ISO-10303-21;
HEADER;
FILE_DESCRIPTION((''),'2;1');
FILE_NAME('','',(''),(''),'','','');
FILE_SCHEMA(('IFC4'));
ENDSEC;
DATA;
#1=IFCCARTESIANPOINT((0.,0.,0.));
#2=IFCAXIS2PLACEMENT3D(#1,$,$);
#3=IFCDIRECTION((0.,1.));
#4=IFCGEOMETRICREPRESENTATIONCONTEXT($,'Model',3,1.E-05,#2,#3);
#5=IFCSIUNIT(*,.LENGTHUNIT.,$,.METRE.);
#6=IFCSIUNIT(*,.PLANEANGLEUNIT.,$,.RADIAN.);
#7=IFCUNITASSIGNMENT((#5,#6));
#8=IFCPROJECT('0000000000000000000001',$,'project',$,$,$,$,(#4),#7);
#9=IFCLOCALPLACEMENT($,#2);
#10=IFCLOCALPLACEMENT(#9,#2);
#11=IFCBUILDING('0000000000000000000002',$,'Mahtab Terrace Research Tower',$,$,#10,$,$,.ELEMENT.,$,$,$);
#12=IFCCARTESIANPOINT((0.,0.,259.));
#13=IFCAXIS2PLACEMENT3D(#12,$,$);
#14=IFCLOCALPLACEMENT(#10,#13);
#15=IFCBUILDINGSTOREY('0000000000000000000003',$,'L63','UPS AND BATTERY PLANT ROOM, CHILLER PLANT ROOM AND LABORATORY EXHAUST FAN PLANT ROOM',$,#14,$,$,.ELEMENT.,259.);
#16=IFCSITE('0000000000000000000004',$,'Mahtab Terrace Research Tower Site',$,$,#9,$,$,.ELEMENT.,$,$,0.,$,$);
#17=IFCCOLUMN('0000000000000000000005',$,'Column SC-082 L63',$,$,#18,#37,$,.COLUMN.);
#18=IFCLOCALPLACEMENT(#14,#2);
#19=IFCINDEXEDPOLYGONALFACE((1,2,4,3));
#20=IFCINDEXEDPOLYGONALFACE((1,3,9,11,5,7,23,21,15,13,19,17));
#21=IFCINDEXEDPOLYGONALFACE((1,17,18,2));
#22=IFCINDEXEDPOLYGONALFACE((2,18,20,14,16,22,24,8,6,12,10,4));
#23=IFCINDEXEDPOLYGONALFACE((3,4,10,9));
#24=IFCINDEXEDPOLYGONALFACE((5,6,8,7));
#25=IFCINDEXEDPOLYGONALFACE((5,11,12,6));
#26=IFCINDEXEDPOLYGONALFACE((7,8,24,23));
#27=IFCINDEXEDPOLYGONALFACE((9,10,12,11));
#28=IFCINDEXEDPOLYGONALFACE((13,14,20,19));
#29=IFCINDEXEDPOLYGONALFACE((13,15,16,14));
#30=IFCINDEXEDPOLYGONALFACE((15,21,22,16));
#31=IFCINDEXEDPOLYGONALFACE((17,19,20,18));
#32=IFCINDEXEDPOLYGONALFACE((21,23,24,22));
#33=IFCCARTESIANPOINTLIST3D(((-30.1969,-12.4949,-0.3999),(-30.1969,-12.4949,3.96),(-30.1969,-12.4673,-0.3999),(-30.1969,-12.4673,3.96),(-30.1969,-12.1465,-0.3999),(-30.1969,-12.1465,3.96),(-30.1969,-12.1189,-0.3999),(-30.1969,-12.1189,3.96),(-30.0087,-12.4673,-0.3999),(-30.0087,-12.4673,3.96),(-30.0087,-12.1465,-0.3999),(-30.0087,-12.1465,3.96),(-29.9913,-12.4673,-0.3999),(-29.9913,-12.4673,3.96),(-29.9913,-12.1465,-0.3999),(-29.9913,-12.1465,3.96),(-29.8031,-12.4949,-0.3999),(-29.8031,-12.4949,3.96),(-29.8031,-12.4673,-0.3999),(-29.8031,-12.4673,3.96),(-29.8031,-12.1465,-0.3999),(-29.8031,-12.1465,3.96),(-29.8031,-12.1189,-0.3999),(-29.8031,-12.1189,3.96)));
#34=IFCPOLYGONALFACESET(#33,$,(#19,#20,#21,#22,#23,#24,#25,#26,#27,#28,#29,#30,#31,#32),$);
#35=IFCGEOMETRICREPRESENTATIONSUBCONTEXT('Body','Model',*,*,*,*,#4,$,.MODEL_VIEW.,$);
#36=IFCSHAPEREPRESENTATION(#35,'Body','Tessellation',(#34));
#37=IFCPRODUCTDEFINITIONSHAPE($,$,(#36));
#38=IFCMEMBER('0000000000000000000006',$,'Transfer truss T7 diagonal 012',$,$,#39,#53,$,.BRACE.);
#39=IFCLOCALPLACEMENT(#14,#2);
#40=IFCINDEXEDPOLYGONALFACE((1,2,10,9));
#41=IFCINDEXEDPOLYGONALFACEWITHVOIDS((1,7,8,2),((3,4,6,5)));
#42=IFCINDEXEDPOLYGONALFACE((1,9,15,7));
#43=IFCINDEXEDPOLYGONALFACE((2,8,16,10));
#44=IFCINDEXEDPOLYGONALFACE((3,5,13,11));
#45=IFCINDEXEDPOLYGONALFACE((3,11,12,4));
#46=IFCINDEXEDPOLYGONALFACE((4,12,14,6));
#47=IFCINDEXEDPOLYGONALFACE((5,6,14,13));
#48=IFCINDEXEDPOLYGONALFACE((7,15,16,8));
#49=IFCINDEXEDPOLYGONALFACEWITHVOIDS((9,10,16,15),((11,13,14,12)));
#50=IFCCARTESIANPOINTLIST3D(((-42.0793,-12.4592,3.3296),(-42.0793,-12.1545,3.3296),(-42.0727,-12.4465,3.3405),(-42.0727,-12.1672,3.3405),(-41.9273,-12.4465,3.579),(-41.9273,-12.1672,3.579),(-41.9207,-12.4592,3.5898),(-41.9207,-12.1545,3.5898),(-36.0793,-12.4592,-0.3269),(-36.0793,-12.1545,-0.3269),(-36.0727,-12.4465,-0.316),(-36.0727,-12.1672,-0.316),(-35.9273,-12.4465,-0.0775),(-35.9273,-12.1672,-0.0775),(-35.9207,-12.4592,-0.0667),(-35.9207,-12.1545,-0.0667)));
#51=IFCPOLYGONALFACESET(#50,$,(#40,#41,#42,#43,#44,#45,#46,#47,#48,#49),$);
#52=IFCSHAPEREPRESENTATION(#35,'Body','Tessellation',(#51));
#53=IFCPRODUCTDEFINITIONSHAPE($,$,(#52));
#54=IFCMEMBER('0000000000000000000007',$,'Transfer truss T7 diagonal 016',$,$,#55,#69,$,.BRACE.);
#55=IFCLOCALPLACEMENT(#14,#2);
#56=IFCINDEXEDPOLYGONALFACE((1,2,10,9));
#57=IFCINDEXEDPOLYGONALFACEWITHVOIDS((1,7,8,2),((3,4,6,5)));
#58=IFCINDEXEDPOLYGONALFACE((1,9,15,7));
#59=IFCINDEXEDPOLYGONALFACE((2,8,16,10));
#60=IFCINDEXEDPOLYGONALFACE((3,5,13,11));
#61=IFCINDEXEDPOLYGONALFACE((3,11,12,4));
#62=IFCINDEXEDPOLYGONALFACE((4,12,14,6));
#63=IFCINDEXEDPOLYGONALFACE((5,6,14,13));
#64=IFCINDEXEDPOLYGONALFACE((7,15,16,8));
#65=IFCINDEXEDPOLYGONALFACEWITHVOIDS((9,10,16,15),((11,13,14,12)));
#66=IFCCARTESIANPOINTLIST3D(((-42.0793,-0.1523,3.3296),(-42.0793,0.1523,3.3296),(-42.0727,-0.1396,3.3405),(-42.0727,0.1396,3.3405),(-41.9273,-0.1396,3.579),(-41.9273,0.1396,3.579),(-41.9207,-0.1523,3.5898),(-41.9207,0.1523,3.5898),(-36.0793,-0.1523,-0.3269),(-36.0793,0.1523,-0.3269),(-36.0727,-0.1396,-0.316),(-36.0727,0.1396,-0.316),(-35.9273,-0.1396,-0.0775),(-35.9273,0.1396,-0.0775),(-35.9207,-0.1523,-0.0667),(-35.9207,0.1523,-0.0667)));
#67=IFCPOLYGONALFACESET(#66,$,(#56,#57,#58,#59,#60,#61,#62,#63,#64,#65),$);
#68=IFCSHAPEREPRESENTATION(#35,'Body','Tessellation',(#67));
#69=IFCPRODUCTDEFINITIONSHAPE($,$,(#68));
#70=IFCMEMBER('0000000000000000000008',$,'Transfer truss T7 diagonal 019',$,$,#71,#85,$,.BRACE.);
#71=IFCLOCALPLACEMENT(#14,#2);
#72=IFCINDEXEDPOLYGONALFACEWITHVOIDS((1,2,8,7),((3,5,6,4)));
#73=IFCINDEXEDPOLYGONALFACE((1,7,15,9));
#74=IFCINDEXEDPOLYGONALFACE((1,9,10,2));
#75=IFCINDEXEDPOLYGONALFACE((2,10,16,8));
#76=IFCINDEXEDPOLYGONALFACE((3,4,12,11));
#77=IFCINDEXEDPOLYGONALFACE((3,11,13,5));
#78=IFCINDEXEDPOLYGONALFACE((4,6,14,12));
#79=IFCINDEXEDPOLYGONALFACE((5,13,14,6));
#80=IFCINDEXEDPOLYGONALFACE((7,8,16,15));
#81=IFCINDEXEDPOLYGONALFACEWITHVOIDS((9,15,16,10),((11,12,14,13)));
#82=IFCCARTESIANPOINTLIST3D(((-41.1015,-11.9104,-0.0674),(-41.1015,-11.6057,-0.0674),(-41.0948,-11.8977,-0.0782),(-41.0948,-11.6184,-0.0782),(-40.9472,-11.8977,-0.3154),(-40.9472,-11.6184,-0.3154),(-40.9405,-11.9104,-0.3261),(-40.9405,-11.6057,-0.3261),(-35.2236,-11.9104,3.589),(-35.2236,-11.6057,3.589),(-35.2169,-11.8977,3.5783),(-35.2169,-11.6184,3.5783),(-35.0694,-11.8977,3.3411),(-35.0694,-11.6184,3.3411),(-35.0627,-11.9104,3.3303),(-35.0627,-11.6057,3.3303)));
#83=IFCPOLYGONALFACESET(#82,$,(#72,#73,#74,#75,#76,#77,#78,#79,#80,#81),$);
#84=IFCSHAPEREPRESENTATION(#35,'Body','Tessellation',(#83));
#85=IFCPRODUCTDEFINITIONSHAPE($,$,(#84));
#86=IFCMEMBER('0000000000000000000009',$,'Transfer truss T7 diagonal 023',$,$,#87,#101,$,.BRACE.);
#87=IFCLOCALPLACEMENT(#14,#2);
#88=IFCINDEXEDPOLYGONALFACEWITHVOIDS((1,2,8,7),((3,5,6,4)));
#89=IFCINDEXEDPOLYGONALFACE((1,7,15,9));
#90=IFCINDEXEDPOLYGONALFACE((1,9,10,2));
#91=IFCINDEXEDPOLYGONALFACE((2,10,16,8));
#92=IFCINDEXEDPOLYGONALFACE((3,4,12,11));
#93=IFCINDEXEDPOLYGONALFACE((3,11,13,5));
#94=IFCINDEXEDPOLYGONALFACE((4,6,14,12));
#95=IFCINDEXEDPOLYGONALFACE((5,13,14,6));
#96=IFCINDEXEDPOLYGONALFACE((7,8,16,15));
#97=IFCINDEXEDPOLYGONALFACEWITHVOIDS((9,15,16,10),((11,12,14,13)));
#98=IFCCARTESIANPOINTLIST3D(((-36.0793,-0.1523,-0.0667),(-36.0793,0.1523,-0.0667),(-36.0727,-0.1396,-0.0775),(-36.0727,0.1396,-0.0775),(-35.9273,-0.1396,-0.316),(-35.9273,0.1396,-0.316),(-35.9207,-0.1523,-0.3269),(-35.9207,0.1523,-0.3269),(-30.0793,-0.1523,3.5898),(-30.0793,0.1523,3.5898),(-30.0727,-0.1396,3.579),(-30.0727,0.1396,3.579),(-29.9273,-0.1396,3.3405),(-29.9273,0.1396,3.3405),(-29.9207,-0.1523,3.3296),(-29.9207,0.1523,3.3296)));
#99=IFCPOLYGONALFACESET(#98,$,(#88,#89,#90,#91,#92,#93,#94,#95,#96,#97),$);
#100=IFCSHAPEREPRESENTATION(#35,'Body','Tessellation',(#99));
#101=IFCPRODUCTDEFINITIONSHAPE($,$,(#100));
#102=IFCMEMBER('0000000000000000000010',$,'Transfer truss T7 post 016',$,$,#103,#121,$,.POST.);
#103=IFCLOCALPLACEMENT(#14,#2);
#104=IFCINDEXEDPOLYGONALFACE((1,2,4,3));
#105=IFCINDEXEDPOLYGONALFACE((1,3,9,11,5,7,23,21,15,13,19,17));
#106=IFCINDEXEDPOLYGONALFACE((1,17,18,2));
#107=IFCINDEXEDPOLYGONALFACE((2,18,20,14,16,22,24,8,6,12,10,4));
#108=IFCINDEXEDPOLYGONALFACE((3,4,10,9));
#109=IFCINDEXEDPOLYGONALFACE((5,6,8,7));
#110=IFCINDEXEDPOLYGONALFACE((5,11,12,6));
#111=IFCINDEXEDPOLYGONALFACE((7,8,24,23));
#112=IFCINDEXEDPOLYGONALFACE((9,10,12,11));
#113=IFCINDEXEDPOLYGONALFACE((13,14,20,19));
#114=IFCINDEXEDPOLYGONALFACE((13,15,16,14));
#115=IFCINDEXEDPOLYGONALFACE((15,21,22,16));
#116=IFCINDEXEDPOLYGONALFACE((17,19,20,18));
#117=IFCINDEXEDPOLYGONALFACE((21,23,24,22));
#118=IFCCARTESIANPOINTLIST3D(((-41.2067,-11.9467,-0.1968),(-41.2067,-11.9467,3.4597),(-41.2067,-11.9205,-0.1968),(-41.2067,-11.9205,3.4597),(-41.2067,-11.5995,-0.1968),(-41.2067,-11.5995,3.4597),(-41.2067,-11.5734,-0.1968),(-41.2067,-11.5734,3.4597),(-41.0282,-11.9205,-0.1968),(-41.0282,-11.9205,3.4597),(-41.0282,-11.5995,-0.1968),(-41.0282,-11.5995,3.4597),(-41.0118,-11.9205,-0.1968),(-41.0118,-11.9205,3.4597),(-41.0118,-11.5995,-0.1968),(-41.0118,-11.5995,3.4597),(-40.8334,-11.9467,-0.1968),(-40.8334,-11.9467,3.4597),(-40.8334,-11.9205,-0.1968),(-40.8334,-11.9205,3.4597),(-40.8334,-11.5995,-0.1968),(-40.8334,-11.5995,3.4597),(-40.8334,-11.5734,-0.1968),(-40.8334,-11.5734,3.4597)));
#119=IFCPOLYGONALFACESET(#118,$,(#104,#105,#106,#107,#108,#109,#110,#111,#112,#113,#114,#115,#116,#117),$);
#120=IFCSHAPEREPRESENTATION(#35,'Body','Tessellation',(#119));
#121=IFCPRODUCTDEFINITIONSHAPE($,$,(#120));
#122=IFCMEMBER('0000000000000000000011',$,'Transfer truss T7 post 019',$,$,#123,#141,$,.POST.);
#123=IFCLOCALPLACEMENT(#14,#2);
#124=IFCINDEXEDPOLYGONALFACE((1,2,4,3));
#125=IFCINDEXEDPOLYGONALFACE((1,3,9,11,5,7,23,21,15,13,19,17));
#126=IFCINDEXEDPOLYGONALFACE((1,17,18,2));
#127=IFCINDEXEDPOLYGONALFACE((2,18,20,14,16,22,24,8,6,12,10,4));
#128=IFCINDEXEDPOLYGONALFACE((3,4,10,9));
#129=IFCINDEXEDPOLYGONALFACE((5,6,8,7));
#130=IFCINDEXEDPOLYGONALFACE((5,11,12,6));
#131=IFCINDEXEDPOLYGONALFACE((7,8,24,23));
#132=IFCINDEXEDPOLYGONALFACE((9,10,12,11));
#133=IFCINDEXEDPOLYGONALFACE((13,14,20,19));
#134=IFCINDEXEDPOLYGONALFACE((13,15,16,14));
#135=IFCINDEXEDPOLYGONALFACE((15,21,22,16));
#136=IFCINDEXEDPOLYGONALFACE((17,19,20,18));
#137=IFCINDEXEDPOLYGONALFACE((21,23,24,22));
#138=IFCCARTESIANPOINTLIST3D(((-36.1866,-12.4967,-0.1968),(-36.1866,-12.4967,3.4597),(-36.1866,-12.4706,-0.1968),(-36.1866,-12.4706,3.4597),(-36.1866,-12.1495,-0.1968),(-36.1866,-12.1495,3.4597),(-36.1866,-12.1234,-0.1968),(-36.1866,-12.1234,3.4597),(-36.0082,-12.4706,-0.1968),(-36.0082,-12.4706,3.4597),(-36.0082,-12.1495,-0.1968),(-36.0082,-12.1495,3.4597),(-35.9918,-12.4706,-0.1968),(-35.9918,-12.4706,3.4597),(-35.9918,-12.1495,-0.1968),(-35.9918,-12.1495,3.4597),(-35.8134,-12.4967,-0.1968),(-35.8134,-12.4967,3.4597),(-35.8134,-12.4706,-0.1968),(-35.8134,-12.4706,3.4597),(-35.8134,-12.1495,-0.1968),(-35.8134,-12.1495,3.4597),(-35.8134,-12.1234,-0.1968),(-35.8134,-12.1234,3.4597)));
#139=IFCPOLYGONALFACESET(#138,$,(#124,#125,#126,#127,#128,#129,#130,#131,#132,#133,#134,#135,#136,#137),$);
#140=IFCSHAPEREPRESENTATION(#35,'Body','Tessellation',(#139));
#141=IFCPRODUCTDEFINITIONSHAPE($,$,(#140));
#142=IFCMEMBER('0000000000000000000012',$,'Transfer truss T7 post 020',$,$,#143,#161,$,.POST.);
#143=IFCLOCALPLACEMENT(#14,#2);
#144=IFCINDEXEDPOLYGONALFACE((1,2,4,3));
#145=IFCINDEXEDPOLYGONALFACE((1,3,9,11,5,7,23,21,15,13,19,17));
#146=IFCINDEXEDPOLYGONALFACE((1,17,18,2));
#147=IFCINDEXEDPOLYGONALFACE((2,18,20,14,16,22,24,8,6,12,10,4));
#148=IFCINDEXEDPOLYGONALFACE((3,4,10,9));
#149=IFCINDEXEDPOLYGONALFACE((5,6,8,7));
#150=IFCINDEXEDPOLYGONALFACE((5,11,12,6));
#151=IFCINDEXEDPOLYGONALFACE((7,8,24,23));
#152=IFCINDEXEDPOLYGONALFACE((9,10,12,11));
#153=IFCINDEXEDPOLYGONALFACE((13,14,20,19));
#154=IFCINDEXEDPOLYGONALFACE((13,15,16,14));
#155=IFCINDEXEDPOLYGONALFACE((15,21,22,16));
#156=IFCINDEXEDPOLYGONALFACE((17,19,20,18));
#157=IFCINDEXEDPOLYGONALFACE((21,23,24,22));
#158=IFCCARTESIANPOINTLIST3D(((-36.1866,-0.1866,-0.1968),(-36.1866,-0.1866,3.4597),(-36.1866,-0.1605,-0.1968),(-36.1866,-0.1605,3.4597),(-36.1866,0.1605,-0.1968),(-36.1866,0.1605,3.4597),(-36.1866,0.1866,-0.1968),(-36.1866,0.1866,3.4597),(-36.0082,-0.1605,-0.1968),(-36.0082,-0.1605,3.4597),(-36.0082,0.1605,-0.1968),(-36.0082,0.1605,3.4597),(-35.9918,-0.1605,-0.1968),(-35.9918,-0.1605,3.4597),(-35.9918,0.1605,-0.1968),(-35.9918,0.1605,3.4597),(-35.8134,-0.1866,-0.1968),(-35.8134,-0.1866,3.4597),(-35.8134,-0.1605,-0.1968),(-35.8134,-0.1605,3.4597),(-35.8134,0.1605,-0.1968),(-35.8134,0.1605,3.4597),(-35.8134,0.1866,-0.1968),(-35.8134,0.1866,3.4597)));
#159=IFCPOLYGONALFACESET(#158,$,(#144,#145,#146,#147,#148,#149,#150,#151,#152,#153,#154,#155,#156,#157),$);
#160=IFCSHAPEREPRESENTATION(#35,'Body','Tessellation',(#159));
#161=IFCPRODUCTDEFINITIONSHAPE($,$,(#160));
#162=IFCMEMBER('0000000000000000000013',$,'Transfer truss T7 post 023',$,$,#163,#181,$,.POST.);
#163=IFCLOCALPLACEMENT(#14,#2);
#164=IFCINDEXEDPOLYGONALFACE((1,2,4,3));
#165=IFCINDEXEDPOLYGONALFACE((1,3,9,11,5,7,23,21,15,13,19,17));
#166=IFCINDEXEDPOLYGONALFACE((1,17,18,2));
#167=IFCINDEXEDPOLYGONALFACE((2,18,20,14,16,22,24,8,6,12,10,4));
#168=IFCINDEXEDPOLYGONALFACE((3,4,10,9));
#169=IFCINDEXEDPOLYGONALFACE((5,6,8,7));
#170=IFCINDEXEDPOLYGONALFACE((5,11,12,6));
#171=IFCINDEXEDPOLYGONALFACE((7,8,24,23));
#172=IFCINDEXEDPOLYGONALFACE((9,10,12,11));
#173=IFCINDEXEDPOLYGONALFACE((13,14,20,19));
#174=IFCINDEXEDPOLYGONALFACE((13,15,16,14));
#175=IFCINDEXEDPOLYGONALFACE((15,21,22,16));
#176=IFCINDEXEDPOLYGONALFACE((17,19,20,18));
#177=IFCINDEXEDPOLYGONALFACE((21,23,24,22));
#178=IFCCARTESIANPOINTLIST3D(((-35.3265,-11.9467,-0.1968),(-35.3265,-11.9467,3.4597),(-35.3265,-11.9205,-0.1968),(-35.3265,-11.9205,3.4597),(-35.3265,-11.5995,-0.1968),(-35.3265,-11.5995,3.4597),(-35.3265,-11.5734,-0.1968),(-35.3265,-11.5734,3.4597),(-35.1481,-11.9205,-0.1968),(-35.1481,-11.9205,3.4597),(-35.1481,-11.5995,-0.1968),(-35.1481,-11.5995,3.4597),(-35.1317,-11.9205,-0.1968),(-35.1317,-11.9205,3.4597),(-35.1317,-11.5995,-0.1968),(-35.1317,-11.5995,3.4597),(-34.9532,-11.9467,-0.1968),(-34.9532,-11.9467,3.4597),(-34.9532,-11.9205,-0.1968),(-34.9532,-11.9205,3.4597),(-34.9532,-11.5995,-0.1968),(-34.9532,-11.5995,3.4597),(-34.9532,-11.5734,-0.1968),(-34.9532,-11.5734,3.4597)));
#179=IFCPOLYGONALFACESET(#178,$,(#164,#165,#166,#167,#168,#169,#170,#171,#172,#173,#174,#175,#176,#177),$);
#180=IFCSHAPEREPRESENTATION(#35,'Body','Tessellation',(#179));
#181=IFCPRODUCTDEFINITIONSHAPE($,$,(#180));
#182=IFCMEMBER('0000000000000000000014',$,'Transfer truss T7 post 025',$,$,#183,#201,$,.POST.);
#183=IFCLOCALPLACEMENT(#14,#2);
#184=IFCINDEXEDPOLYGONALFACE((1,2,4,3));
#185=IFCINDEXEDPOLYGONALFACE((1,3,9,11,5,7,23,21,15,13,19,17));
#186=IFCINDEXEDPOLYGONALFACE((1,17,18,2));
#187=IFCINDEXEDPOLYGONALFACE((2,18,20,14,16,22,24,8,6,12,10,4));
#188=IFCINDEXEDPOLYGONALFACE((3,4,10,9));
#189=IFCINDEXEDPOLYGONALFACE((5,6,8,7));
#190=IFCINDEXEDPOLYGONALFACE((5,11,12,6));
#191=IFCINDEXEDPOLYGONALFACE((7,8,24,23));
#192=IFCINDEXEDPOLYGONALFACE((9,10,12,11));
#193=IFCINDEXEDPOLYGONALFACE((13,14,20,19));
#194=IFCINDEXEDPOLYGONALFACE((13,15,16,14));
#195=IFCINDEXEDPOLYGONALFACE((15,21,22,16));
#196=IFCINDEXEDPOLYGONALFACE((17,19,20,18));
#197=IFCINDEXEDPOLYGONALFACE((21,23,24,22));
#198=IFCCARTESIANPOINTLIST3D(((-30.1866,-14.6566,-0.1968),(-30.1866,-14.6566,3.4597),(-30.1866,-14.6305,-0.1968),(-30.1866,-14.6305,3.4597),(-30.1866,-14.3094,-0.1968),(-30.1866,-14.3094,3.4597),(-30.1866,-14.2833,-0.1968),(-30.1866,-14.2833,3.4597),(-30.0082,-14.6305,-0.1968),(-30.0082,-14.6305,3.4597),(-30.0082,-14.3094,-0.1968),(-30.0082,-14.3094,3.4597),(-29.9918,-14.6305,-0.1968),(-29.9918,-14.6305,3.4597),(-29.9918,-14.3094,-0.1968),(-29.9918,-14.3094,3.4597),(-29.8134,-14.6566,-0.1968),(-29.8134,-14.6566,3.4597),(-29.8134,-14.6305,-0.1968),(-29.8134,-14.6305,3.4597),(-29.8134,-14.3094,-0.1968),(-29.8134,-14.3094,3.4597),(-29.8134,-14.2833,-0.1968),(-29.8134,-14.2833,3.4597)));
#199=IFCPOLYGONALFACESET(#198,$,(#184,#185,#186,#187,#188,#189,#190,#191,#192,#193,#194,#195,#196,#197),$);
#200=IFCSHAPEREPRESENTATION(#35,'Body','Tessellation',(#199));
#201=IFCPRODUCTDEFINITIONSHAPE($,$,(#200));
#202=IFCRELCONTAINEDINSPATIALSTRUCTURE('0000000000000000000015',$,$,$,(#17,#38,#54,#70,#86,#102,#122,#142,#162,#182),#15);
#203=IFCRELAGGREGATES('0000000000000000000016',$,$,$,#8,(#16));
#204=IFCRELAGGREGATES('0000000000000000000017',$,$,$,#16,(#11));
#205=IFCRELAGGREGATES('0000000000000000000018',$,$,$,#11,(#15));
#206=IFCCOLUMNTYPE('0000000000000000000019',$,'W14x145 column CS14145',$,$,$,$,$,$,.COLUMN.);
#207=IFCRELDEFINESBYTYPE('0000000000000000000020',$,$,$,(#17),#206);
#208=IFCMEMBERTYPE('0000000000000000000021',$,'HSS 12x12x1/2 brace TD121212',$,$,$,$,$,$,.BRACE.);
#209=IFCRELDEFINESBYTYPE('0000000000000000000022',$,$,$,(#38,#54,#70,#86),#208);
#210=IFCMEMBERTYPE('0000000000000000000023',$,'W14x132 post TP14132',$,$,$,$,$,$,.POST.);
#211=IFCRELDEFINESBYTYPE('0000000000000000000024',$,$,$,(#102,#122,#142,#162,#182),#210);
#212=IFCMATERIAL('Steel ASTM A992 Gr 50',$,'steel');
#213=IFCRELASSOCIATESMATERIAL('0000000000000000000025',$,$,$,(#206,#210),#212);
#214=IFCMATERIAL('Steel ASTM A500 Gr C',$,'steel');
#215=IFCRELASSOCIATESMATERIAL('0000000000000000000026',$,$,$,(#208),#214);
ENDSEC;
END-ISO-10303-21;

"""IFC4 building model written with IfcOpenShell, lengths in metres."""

from ifc_helpers import new_model, si_unit, direction, frame, origin, origin_2d, place, context, subcontext, project, spatial, hollow_rectangle, i_section, extrude, material, material_profile, profile_set, type_object, element, save


model = new_model("IFC4")

# Units and contexts
model_context = context("Model", 3, precision=1e-05, world=origin(), true_north=direction((0.0, 1.0)))
body_context = subcontext(model_context, "Body", "Model", "MODEL_VIEW")
ifc_project = project(units=[si_unit("LENGTHUNIT", "METRE"), si_unit("PLANEANGLEUNIT", "RADIAN")], contexts=[model_context])

# Site, building, storey
site_placement = place(None, origin())
site = spatial("IfcSite", under=ifc_project, at=site_placement, Name="Mahtab Terrace Research Tower Site", CompositionType="ELEMENT", RefElevation=0.0)
building_placement = place(site_placement, origin())
building = spatial("IfcBuilding", under=site, at=building_placement, Name="Mahtab Terrace Research Tower", CompositionType="ELEMENT")
storey_placement = place(building_placement, frame((0.0, 0.0, 259.0)))
storey = spatial("IfcBuildingStorey", under=building, at=storey_placement, Name="L63", Description="UPS AND BATTERY PLANT ROOM, CHILLER PLANT ROOM AND LABORATORY EXHAUST FAN PLANT ROOM", CompositionType="ELEMENT", Elevation=259.0)

# Column
ifc_material_1 = material(Name="Steel ASTM A992 Gr 50", Category="steel")
ifc_material_profile_1 = material_profile(ifc_material_1, i_section(OverallWidth=0.3938, OverallDepth=0.376, WebThickness=0.0173, FlangeThickness=0.0276, at=origin_2d()), Name="W14X145")
ifc_profile_set_1 = profile_set([ifc_material_profile_1], Name="Steel ASTM A992 Gr 50")
column_type = type_object("IfcColumnType", Name="W14x145 column CS14145", PredefinedType="COLUMN", material=ifc_profile_set_1)
column_placement = place(storey_placement, frame((-30.0, -12.3069, -0.3999), z_axis=(0.0, 0.0, 1.0), x_axis=(1.0, 0.0, 0.0)))
element("IfcColumn", 1, at=column_placement, inside=storey, type_object=column_type, Name="Column SC-082 L63", PredefinedType="COLUMN", context=body_context, shape_type="SweptSolid", body=[
    extrude(i_section(OverallWidth=0.3938, OverallDepth=0.376, WebThickness=0.0173, FlangeThickness=0.0276, at=origin_2d()), origin(), (0.0, 0.0, 1.0), 4.3599),
])

# Members
ifc_material_2 = material(Name="Steel ASTM A500 Gr C", Category="steel")
ifc_material_profile_2 = material_profile(ifc_material_2, hollow_rectangle(XDim=0.3047, YDim=0.3047, WallThickness=0.0127, at=origin_2d()), Name="HSS12X12X1/2")
ifc_profile_set_2 = profile_set([ifc_material_profile_2], Name="Steel ASTM A500 Gr C")
member_type_1 = type_object("IfcMemberType", Name="HSS 12x12x1/2 brace TD121212", PredefinedType="BRACE", material=ifc_profile_set_2)
for number, where, z_axis, x_axis, name in (
    (2, (-36.0, -12.3069, -0.1968), (-0.853925, 0.0, 0.520396), (0.0, -1.0, 0.0), "Transfer truss T7 diagonal 012"),
    (3, (-36.0, 0.0, -0.1968), (-0.853925, 0.0, 0.520396), (0.0, -1.0, 0.0), "Transfer truss T7 diagonal 016"),
):
    element("IfcMember", number, at=place(storey_placement, frame(where, z_axis=z_axis, x_axis=x_axis)), inside=storey, type_object=member_type_1, Name=name, PredefinedType="BRACE", context=body_context, shape_type="SweptSolid", body=[
        extrude(hollow_rectangle(XDim=0.3047, YDim=0.3047, WallThickness=0.0127, at=origin_2d()), origin(), (0.0, 0.0, 1.0), 7.0264),
    ])
member_1_placement = place(storey_placement, frame((-41.021, -11.7581, -0.1968), z_axis=(0.849114, 0.0, 0.52821), x_axis=(0.0, 1.0, 0.0)))
element("IfcMember", 4, at=member_1_placement, inside=storey, type_object=member_type_1, Name="Transfer truss T7 diagonal 019", PredefinedType="BRACE", context=body_context, shape_type="SweptSolid", body=[
    extrude(hollow_rectangle(XDim=0.3047, YDim=0.3047, WallThickness=0.0127, at=origin_2d()), origin(), (0.0, 0.0, 1.0), 6.9224),
])
member_2_placement = place(storey_placement, frame((-36.0, 0.0, -0.1968), z_axis=(0.853925, 0.0, 0.520396), x_axis=(0.0, 1.0, 0.0)))
element("IfcMember", 5, at=member_2_placement, inside=storey, type_object=member_type_1, Name="Transfer truss T7 diagonal 023", PredefinedType="BRACE", context=body_context, shape_type="SweptSolid", body=[
    extrude(hollow_rectangle(XDim=0.3047, YDim=0.3047, WallThickness=0.0127, at=origin_2d()), origin(), (0.0, 0.0, 1.0), 7.0264),
])
ifc_material_profile_3 = material_profile(ifc_material_1, i_section(OverallWidth=0.3733, OverallDepth=0.3733, WebThickness=0.0164, FlangeThickness=0.0261, at=origin_2d()), Name="W14X132")
ifc_profile_set_3 = profile_set([ifc_material_profile_3], Name="Steel ASTM A992 Gr 50")
member_type_2 = type_object("IfcMemberType", Name="W14x132 post TP14132", PredefinedType="POST", material=ifc_profile_set_3)
for number, where, z_axis, x_axis, name in (
    (6, (-41.02, -11.76, -0.1968), (0.0, 0.0, 1.0), (1.0, 0.0, 0.0), "Transfer truss T7 post 016"),
    (7, (-36.0, -12.3101, -0.1968), (0.0, 0.0, 1.0), (1.0, 0.0, 0.0), "Transfer truss T7 post 019"),
    (8, (-36.0, 0.0, -0.1968), (0.0, 0.0, 1.0), (1.0, 0.0, 0.0), "Transfer truss T7 post 020"),
    (9, (-35.1399, -11.76, -0.1968), (0.0, 0.0, 1.0), (1.0, 0.0, 0.0), "Transfer truss T7 post 023"),
    (10, (-30.0, -14.47, -0.1968), (0.0, 0.0, 1.0), (1.0, 0.0, 0.0), "Transfer truss T7 post 025"),
):
    element("IfcMember", number, at=place(storey_placement, frame(where, z_axis=z_axis, x_axis=x_axis)), inside=storey, type_object=member_type_2, Name=name, PredefinedType="POST", context=body_context, shape_type="SweptSolid", body=[
        extrude(i_section(OverallWidth=0.3733, OverallDepth=0.3733, WebThickness=0.0164, FlangeThickness=0.0261, at=origin_2d()), origin(), (0.0, 0.0, 1.0), 3.6565),
    ])

save(model, "model.ifc")
